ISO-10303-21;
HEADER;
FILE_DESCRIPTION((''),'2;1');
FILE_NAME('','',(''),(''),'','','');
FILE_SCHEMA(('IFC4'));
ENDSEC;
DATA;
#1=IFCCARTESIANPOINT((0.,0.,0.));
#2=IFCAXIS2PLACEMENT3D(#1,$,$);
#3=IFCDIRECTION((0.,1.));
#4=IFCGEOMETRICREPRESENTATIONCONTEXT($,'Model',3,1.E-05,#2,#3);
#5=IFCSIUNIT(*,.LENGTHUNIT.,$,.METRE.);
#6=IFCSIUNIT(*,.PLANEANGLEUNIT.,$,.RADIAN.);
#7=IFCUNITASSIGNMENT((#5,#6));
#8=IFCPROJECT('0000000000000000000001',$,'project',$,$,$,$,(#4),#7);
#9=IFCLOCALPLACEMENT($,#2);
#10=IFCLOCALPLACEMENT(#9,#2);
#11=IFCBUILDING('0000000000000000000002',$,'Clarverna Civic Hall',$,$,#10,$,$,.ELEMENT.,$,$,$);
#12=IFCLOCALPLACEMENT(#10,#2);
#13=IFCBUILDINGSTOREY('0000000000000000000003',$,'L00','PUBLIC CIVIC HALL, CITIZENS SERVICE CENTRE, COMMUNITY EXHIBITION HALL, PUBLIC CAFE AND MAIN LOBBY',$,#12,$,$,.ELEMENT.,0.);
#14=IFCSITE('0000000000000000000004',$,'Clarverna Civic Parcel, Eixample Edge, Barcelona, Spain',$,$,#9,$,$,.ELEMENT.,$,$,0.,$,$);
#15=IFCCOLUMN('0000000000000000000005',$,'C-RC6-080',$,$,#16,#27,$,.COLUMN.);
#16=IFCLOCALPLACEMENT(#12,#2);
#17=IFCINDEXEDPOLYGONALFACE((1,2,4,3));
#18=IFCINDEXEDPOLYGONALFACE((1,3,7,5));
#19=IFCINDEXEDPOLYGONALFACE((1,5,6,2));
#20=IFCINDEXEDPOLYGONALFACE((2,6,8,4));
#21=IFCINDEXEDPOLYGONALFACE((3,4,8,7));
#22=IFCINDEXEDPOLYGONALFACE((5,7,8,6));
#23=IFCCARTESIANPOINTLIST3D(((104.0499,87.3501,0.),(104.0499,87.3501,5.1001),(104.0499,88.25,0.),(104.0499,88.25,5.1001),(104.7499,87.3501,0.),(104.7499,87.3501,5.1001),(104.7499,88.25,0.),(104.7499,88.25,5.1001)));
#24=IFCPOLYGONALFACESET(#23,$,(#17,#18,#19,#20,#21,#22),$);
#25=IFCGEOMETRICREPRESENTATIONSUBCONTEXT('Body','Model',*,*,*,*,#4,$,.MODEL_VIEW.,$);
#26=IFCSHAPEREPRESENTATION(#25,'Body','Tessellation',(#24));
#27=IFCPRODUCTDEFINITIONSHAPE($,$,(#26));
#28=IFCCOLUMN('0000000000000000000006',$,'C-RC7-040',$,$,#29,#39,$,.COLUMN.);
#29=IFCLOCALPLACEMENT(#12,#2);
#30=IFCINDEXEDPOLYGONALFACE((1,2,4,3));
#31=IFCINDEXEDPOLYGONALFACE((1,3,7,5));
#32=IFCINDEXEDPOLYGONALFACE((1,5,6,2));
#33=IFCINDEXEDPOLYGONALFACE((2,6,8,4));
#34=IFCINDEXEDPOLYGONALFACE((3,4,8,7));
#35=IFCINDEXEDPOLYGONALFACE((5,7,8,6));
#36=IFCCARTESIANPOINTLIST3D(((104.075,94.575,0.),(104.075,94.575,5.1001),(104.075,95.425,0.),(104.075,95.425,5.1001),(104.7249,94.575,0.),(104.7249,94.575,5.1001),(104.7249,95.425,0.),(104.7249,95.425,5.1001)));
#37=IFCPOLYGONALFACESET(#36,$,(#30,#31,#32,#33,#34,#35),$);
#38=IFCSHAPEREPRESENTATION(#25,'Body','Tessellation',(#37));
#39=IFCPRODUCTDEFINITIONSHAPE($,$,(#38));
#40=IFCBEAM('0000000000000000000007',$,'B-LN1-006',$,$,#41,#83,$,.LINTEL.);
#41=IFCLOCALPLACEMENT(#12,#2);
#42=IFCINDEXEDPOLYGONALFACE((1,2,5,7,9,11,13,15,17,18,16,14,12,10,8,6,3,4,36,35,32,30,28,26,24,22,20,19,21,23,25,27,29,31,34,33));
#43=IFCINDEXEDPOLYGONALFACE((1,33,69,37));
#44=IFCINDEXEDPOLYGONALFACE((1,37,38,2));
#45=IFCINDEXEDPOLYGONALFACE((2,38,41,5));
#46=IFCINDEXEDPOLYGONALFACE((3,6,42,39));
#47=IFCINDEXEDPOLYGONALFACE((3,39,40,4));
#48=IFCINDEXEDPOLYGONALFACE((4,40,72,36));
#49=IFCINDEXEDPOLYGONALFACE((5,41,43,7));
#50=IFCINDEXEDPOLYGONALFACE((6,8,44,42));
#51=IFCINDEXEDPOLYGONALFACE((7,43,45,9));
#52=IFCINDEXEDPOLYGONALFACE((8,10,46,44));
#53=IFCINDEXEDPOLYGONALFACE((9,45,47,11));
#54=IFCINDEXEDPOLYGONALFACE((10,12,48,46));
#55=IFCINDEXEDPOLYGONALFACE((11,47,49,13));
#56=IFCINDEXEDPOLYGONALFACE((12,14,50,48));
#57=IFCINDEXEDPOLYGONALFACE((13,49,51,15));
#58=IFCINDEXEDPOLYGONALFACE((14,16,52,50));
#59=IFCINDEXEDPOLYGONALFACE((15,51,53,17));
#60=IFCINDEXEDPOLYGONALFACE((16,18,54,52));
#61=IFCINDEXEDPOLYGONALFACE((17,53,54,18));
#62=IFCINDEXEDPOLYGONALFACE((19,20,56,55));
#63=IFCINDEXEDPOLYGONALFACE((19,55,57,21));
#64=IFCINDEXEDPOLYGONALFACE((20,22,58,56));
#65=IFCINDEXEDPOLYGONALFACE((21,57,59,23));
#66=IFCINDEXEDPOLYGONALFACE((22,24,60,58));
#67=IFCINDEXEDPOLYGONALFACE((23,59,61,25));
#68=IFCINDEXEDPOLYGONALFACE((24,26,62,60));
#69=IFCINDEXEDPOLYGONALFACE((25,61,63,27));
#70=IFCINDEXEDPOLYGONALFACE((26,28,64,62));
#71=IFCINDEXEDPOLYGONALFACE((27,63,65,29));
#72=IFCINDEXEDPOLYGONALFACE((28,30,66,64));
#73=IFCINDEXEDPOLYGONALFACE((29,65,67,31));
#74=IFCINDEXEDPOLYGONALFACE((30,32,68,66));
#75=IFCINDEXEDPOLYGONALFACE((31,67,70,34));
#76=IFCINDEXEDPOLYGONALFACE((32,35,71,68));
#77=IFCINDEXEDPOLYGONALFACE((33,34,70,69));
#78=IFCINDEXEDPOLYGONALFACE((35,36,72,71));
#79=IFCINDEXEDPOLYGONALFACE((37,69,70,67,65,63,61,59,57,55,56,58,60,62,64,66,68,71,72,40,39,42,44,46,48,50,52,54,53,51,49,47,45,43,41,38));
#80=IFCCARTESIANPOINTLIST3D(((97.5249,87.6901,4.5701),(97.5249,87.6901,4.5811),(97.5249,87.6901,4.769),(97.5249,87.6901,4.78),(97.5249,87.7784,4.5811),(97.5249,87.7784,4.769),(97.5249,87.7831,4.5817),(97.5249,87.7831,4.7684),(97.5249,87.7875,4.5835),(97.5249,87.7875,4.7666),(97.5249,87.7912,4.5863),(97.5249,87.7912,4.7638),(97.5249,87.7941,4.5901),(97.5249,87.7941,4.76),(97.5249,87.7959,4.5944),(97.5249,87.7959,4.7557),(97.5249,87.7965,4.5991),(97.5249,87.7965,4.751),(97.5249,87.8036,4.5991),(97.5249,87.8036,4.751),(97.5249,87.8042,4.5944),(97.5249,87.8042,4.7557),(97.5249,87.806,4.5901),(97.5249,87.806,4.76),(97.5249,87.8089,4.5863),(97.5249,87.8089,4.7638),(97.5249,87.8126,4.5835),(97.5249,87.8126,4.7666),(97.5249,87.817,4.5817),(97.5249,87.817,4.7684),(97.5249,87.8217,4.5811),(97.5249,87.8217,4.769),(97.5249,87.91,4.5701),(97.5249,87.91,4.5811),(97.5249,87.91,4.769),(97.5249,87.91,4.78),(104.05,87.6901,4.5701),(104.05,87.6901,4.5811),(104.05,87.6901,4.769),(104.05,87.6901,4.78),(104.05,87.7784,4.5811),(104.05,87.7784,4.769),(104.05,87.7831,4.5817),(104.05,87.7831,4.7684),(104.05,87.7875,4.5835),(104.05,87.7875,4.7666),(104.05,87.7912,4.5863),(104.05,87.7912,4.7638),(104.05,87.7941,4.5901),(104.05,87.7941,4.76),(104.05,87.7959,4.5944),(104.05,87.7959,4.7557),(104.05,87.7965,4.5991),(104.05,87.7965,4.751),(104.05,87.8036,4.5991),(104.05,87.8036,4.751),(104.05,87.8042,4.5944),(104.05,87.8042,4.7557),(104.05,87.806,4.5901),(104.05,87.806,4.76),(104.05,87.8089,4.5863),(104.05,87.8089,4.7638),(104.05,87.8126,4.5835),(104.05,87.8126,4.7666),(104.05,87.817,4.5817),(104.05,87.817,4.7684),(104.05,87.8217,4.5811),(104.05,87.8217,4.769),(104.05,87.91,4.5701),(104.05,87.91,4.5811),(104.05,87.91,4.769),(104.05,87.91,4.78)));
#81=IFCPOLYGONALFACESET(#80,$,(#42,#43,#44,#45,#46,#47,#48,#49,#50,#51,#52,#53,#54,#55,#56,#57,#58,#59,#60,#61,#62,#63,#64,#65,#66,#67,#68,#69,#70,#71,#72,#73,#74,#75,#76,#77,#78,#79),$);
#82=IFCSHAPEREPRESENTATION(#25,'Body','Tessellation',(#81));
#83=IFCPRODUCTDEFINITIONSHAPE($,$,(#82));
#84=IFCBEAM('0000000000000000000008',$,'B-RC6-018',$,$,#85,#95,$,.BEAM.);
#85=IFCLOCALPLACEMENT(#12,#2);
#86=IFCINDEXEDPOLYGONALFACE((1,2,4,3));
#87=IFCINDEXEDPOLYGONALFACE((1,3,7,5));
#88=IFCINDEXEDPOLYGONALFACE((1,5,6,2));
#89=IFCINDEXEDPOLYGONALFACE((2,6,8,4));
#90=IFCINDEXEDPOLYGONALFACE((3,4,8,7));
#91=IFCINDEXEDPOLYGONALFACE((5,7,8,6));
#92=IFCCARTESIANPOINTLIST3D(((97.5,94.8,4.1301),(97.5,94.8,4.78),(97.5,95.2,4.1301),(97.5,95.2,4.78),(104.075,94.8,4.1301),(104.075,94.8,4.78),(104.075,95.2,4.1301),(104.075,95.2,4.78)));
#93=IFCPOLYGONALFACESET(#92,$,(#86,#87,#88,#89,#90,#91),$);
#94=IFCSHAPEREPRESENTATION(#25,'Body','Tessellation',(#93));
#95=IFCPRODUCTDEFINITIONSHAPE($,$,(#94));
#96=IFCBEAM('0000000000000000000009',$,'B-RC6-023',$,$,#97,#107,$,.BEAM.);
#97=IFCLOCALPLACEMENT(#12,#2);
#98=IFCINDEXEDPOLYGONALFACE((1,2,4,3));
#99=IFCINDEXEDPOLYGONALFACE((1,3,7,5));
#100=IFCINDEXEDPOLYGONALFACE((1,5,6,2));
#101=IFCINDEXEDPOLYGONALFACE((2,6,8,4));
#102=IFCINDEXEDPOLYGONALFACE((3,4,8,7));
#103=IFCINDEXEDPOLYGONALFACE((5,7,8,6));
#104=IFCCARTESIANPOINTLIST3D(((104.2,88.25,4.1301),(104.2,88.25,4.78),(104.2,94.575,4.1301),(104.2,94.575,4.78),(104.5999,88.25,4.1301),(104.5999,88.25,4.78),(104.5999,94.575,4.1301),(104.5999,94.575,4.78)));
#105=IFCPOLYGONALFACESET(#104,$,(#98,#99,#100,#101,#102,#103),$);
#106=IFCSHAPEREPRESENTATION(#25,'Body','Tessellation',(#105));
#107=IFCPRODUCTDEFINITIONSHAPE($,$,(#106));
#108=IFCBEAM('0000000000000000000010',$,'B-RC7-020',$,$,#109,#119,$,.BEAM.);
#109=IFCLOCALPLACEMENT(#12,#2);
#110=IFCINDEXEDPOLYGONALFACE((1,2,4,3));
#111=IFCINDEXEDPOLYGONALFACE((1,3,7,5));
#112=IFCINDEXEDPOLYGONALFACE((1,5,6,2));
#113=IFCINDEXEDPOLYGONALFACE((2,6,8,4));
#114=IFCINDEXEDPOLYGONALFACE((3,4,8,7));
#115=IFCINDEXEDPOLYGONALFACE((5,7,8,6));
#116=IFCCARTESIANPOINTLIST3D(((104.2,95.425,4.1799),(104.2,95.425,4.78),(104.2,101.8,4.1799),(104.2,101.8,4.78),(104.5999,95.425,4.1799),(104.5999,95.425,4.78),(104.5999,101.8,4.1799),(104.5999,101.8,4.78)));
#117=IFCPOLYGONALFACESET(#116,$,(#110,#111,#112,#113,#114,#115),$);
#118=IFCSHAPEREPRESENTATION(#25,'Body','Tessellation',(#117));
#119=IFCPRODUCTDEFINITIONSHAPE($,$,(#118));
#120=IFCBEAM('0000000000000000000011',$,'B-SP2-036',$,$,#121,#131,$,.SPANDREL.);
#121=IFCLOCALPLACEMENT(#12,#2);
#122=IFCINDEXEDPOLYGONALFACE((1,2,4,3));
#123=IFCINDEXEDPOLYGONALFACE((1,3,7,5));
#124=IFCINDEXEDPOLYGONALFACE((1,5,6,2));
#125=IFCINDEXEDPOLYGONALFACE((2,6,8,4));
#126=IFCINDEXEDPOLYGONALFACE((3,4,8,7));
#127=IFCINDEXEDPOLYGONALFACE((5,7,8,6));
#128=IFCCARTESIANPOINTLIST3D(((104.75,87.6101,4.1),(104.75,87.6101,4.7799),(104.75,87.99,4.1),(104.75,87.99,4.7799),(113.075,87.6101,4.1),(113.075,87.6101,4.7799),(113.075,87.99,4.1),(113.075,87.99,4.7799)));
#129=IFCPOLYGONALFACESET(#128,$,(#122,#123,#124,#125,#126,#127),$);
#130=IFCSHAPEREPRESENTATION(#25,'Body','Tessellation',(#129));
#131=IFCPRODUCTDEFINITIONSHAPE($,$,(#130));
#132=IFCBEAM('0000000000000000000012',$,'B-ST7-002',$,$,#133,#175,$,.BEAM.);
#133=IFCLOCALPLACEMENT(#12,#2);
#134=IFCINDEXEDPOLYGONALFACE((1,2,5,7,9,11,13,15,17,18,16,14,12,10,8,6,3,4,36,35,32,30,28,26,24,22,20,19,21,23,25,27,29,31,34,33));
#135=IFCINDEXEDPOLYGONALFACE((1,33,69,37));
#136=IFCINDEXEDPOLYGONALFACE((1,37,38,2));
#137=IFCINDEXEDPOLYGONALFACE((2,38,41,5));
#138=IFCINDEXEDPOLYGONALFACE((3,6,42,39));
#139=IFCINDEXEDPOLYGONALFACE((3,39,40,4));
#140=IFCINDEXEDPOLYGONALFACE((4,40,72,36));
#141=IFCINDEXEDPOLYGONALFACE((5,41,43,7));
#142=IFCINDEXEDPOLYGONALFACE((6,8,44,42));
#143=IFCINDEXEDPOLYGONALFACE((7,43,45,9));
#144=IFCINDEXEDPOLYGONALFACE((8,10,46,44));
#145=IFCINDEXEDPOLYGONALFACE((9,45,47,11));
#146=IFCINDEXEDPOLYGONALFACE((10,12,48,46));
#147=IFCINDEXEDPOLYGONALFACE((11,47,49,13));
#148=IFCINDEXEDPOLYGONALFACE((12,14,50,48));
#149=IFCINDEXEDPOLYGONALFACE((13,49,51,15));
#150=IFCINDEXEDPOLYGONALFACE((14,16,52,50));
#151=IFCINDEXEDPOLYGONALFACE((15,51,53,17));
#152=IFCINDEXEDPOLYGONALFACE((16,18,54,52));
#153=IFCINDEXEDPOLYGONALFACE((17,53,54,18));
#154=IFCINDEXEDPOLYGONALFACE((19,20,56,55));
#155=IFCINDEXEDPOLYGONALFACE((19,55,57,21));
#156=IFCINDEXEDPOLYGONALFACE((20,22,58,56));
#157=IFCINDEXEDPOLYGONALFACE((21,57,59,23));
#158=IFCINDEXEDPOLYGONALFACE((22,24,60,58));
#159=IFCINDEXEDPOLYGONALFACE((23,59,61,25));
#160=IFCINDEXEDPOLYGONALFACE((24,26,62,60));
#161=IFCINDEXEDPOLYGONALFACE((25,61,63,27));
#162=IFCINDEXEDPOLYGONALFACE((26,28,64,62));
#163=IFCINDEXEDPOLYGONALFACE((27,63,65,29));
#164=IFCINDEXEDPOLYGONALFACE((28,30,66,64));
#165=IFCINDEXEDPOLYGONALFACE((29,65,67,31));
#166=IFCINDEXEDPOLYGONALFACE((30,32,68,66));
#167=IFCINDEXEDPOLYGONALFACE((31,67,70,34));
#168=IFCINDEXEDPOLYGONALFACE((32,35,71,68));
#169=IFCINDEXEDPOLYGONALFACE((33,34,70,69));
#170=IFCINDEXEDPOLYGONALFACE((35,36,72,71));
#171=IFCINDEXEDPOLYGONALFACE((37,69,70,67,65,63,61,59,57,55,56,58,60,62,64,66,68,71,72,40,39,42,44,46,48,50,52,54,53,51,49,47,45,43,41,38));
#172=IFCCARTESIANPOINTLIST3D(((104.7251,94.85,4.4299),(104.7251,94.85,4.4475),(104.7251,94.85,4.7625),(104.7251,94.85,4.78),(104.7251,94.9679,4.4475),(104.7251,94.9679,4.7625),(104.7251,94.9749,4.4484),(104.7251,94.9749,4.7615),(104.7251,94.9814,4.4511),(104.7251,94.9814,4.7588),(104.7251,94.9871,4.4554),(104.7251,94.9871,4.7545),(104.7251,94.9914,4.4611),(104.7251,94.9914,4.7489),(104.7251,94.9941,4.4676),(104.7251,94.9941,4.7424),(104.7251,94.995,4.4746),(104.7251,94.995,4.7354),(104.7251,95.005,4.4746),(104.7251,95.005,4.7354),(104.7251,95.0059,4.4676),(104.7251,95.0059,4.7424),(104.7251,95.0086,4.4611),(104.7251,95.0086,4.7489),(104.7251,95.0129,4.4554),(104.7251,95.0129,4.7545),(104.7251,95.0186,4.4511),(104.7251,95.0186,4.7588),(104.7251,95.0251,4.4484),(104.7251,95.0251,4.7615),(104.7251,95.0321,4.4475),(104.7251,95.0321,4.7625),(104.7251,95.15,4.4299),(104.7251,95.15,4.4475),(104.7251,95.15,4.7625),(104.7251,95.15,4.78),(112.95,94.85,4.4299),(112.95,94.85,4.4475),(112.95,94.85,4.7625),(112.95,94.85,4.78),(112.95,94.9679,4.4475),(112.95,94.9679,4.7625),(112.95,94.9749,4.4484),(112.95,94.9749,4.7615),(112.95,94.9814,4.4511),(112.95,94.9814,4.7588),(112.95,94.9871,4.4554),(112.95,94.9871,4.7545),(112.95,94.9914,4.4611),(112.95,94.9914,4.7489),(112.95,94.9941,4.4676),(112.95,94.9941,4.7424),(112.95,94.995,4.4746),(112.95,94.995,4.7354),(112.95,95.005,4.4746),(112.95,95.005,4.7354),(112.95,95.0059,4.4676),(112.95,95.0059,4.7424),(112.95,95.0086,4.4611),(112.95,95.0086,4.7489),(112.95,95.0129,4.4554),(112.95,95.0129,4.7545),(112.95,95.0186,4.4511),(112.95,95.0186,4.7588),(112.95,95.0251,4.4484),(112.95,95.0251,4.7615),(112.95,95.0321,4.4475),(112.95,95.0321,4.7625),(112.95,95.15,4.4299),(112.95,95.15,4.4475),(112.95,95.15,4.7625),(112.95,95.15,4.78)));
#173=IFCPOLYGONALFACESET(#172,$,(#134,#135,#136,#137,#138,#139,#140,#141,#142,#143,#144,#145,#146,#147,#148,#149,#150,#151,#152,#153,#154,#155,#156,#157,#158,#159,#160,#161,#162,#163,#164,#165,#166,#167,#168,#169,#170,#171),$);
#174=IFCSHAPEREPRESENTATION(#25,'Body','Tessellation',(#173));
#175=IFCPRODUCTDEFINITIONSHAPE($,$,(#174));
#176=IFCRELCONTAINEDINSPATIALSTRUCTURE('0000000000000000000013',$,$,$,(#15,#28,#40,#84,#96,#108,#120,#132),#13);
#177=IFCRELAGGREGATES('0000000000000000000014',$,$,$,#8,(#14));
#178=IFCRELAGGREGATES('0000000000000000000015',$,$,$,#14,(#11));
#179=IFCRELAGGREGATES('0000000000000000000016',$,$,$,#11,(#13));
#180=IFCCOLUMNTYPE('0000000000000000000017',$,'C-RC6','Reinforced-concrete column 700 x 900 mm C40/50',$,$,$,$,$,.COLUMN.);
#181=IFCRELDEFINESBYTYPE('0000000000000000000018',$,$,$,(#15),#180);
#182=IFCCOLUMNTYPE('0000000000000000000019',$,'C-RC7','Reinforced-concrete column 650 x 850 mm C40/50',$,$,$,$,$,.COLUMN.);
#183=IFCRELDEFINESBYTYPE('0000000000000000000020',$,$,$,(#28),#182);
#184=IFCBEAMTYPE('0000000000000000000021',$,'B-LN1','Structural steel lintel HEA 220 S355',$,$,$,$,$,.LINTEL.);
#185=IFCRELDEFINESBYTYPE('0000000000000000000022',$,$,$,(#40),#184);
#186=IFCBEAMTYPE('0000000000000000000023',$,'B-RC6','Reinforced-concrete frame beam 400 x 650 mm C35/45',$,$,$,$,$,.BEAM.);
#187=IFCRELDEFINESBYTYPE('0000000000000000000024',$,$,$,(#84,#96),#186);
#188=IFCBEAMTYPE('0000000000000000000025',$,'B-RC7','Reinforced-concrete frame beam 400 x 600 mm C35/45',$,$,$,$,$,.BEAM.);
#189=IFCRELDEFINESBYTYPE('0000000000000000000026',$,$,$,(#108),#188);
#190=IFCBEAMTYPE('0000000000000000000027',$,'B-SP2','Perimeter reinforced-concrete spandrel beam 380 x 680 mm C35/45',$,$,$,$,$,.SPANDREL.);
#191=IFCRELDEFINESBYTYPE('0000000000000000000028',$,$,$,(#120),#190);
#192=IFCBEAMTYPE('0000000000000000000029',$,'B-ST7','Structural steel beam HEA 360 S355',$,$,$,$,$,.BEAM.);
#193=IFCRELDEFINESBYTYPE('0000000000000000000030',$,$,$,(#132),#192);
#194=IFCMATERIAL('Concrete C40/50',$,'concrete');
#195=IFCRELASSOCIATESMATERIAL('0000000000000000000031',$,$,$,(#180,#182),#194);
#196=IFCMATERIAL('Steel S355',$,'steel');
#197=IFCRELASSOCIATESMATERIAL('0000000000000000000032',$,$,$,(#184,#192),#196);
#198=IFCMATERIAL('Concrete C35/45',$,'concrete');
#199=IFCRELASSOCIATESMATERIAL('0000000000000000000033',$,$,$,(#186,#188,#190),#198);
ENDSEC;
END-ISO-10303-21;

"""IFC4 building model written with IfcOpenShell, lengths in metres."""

from ifc_helpers import new_model, si_unit, direction, frame, origin, origin_2d, place, context, subcontext, project, spatial, rectangle, i_section, extrude, material, material_profile, profile_set, type_object, element, save


model = new_model("IFC4")

# Units and contexts
model_context = context("Model", 3, precision=1e-05, world=origin(), true_north=direction((0.0, 1.0)))
body_context = subcontext(model_context, "Body", "Model", "MODEL_VIEW")
ifc_project = project(units=[si_unit("LENGTHUNIT", "METRE"), si_unit("PLANEANGLEUNIT", "RADIAN")], contexts=[model_context])

# Site, building, storey
site_placement = place(None, origin())
site = spatial("IfcSite", under=ifc_project, at=site_placement, Name="Clarverna Civic Parcel, Eixample Edge, Barcelona, Spain", CompositionType="ELEMENT", RefElevation=0.0)
building_placement = place(site_placement, origin())
building = spatial("IfcBuilding", under=site, at=building_placement, Name="Clarverna Civic Hall", CompositionType="ELEMENT")
storey_placement = place(building_placement, origin())
storey = spatial("IfcBuildingStorey", under=building, at=storey_placement, Name="L00", Description="PUBLIC CIVIC HALL, CITIZENS SERVICE CENTRE, COMMUNITY EXHIBITION HALL, PUBLIC CAFE AND MAIN LOBBY", CompositionType="ELEMENT", Elevation=0.0)

# Columns
ifc_material_1 = material(Name="Concrete C40/50", Category="concrete")
ifc_material_profile_1 = material_profile(ifc_material_1, rectangle(XDim=0.7, YDim=0.8999, at=origin_2d()), Name="RC 700x900")
ifc_profile_set_1 = profile_set([ifc_material_profile_1], Name="Concrete C40/50")
column_type_1 = type_object("IfcColumnType", Name="C-RC6", Description="Reinforced-concrete column 700 x 900 mm C40/50", PredefinedType="COLUMN", material=ifc_profile_set_1)
column_1_placement = place(storey_placement, frame((104.3999, 87.8, 0.0), z_axis=(0.0, 0.0, 1.0), x_axis=(1.0, 0.0, 0.0)))
element("IfcColumn", 1, at=column_1_placement, inside=storey, type_object=column_type_1, Name="C-RC6-080", PredefinedType="COLUMN", context=body_context, shape_type="SweptSolid", body=[
    extrude(rectangle(XDim=0.7, YDim=0.8999, at=origin_2d()), origin(), (0.0, 0.0, 1.0), 5.1001),
])
ifc_material_profile_2 = material_profile(ifc_material_1, rectangle(XDim=0.6499, YDim=0.8501, at=origin_2d()), Name="RC 650x850")
ifc_profile_set_2 = profile_set([ifc_material_profile_2], Name="Concrete C40/50")
column_type_2 = type_object("IfcColumnType", Name="C-RC7", Description="Reinforced-concrete column 650 x 850 mm C40/50", PredefinedType="COLUMN", material=ifc_profile_set_2)
column_2_placement = place(storey_placement, frame((104.3999, 95.0, 0.0), z_axis=(0.0, 0.0, 1.0), x_axis=(1.0, 0.0, 0.0)))
element("IfcColumn", 2, at=column_2_placement, inside=storey, type_object=column_type_2, Name="C-RC7-040", PredefinedType="COLUMN", context=body_context, shape_type="SweptSolid", body=[
    extrude(rectangle(XDim=0.6499, YDim=0.8501, at=origin_2d()), origin(), (0.0, 0.0, 1.0), 5.1001),
])

# Beams
ifc_material_2 = material(Name="Steel S355", Category="steel")
ifc_material_profile_3 = material_profile(ifc_material_2, i_section(OverallWidth=0.22, OverallDepth=0.21, WebThickness=0.0071, FlangeThickness=0.011, FilletRadius=0.0181, at=origin_2d()), Name="HEA 220")
ifc_profile_set_3 = profile_set([ifc_material_profile_3], Name="Steel S355")
beam_type_1 = type_object("IfcBeamType", Name="B-LN1", Description="Structural steel lintel HEA 220 S355", PredefinedType="LINTEL", material=ifc_profile_set_3)
beam_1_placement = place(storey_placement, frame((97.5249, 87.8, 4.675), z_axis=(1.0, 0.0, 0.0), x_axis=(0.0, 1.0, 0.0)))
element("IfcBeam", 3, at=beam_1_placement, inside=storey, type_object=beam_type_1, Name="B-LN1-006", PredefinedType="LINTEL", context=body_context, shape_type="SweptSolid", body=[
    extrude(i_section(OverallWidth=0.22, OverallDepth=0.21, WebThickness=0.0071, FlangeThickness=0.011, FilletRadius=0.0181, at=origin_2d()), origin(), (0.0, 0.0, 1.0), 6.5251),
])
ifc_material_3 = material(Name="Concrete C35/45", Category="concrete")
ifc_material_profile_4 = material_profile(ifc_material_3, rectangle(XDim=0.3999, YDim=0.6499, at=origin_2d()), Name="RC 400x650")
ifc_profile_set_4 = profile_set([ifc_material_profile_4], Name="Concrete C35/45")
beam_type_2 = type_object("IfcBeamType", Name="B-RC6", Description="Reinforced-concrete frame beam 400 x 650 mm C35/45", PredefinedType="BEAM", material=ifc_profile_set_4)
beam_2_placement = place(storey_placement, frame((97.5, 95.0, 4.4551), z_axis=(1.0, 0.0, 0.0), x_axis=(0.0, 1.0, 0.0)))
element("IfcBeam", 4, at=beam_2_placement, inside=storey, type_object=beam_type_2, Name="B-RC6-018", PredefinedType="BEAM", context=body_context, shape_type="SweptSolid", body=[
    extrude(rectangle(XDim=0.3999, YDim=0.6499, at=origin_2d()), origin(), (0.0, 0.0, 1.0), 6.575),
])
beam_3_placement = place(storey_placement, frame((104.3999, 88.25, 4.4551), z_axis=(0.0, 1.0, 0.0), x_axis=(-1.0, 0.0, 0.0)))
element("IfcBeam", 5, at=beam_3_placement, inside=storey, type_object=beam_type_2, Name="B-RC6-023", PredefinedType="BEAM", context=body_context, shape_type="SweptSolid", body=[
    extrude(rectangle(XDim=0.3999, YDim=0.6499, at=origin_2d()), origin(), (0.0, 0.0, 1.0), 6.325),
])
ifc_material_profile_5 = material_profile(ifc_material_3, rectangle(XDim=0.3999, YDim=0.6001, at=origin_2d()), Name="RC 400x600")
ifc_profile_set_5 = profile_set([ifc_material_profile_5], Name="Concrete C35/45")
beam_type_3 = type_object("IfcBeamType", Name="B-RC7", Description="Reinforced-concrete frame beam 400 x 600 mm C35/45", PredefinedType="BEAM", material=ifc_profile_set_5)
beam_4_placement = place(storey_placement, frame((104.3999, 95.425, 4.48), z_axis=(0.0, 1.0, 0.0), x_axis=(-1.0, 0.0, 0.0)))
element("IfcBeam", 6, at=beam_4_placement, inside=storey, type_object=beam_type_3, Name="B-RC7-020", PredefinedType="BEAM", context=body_context, shape_type="SweptSolid", body=[
    extrude(rectangle(XDim=0.3999, YDim=0.6001, at=origin_2d()), origin(), (0.0, 0.0, 1.0), 6.375),
])
ifc_material_profile_6 = material_profile(ifc_material_3, rectangle(XDim=0.3799, YDim=0.6799, at=origin_2d()), Name="RC 380x680")
ifc_profile_set_6 = profile_set([ifc_material_profile_6], Name="Concrete C35/45")
beam_type_4 = type_object("IfcBeamType", Name="B-SP2", Description="Perimeter reinforced-concrete spandrel beam 380 x 680 mm C35/45", PredefinedType="SPANDREL", material=ifc_profile_set_6)
beam_5_placement = place(storey_placement, frame((104.75, 87.8, 4.4399), z_axis=(1.0, 0.0, 0.0), x_axis=(0.0, 1.0, 0.0)))
element("IfcBeam", 7, at=beam_5_placement, inside=storey, type_object=beam_type_4, Name="B-SP2-036", PredefinedType="SPANDREL", context=body_context, shape_type="SweptSolid", body=[
    extrude(rectangle(XDim=0.3799, YDim=0.6799, at=origin_2d()), origin(), (0.0, 0.0, 1.0), 8.325),
])
ifc_material_profile_7 = material_profile(ifc_material_2, i_section(OverallWidth=0.3, OverallDepth=0.3501, WebThickness=0.01, FlangeThickness=0.0176, FilletRadius=0.0271, at=origin_2d()), Name="HEA 360")
ifc_profile_set_7 = profile_set([ifc_material_profile_7], Name="Steel S355")
beam_type_5 = type_object("IfcBeamType", Name="B-ST7", Description="Structural steel beam HEA 360 S355", PredefinedType="BEAM", material=ifc_profile_set_7)
beam_6_placement = place(storey_placement, frame((104.7251, 95.0, 4.605), z_axis=(1.0, 0.0, 0.0), x_axis=(0.0, 1.0, 0.0)))
element("IfcBeam", 8, at=beam_6_placement, inside=storey, type_object=beam_type_5, Name="B-ST7-002", PredefinedType="BEAM", context=body_context, shape_type="SweptSolid", body=[
    extrude(i_section(OverallWidth=0.3, OverallDepth=0.3501, WebThickness=0.01, FlangeThickness=0.0176, FilletRadius=0.0271, at=origin_2d()), origin(), (0.0, 0.0, 1.0), 8.2249),
])

save(model, "model.ifc")
